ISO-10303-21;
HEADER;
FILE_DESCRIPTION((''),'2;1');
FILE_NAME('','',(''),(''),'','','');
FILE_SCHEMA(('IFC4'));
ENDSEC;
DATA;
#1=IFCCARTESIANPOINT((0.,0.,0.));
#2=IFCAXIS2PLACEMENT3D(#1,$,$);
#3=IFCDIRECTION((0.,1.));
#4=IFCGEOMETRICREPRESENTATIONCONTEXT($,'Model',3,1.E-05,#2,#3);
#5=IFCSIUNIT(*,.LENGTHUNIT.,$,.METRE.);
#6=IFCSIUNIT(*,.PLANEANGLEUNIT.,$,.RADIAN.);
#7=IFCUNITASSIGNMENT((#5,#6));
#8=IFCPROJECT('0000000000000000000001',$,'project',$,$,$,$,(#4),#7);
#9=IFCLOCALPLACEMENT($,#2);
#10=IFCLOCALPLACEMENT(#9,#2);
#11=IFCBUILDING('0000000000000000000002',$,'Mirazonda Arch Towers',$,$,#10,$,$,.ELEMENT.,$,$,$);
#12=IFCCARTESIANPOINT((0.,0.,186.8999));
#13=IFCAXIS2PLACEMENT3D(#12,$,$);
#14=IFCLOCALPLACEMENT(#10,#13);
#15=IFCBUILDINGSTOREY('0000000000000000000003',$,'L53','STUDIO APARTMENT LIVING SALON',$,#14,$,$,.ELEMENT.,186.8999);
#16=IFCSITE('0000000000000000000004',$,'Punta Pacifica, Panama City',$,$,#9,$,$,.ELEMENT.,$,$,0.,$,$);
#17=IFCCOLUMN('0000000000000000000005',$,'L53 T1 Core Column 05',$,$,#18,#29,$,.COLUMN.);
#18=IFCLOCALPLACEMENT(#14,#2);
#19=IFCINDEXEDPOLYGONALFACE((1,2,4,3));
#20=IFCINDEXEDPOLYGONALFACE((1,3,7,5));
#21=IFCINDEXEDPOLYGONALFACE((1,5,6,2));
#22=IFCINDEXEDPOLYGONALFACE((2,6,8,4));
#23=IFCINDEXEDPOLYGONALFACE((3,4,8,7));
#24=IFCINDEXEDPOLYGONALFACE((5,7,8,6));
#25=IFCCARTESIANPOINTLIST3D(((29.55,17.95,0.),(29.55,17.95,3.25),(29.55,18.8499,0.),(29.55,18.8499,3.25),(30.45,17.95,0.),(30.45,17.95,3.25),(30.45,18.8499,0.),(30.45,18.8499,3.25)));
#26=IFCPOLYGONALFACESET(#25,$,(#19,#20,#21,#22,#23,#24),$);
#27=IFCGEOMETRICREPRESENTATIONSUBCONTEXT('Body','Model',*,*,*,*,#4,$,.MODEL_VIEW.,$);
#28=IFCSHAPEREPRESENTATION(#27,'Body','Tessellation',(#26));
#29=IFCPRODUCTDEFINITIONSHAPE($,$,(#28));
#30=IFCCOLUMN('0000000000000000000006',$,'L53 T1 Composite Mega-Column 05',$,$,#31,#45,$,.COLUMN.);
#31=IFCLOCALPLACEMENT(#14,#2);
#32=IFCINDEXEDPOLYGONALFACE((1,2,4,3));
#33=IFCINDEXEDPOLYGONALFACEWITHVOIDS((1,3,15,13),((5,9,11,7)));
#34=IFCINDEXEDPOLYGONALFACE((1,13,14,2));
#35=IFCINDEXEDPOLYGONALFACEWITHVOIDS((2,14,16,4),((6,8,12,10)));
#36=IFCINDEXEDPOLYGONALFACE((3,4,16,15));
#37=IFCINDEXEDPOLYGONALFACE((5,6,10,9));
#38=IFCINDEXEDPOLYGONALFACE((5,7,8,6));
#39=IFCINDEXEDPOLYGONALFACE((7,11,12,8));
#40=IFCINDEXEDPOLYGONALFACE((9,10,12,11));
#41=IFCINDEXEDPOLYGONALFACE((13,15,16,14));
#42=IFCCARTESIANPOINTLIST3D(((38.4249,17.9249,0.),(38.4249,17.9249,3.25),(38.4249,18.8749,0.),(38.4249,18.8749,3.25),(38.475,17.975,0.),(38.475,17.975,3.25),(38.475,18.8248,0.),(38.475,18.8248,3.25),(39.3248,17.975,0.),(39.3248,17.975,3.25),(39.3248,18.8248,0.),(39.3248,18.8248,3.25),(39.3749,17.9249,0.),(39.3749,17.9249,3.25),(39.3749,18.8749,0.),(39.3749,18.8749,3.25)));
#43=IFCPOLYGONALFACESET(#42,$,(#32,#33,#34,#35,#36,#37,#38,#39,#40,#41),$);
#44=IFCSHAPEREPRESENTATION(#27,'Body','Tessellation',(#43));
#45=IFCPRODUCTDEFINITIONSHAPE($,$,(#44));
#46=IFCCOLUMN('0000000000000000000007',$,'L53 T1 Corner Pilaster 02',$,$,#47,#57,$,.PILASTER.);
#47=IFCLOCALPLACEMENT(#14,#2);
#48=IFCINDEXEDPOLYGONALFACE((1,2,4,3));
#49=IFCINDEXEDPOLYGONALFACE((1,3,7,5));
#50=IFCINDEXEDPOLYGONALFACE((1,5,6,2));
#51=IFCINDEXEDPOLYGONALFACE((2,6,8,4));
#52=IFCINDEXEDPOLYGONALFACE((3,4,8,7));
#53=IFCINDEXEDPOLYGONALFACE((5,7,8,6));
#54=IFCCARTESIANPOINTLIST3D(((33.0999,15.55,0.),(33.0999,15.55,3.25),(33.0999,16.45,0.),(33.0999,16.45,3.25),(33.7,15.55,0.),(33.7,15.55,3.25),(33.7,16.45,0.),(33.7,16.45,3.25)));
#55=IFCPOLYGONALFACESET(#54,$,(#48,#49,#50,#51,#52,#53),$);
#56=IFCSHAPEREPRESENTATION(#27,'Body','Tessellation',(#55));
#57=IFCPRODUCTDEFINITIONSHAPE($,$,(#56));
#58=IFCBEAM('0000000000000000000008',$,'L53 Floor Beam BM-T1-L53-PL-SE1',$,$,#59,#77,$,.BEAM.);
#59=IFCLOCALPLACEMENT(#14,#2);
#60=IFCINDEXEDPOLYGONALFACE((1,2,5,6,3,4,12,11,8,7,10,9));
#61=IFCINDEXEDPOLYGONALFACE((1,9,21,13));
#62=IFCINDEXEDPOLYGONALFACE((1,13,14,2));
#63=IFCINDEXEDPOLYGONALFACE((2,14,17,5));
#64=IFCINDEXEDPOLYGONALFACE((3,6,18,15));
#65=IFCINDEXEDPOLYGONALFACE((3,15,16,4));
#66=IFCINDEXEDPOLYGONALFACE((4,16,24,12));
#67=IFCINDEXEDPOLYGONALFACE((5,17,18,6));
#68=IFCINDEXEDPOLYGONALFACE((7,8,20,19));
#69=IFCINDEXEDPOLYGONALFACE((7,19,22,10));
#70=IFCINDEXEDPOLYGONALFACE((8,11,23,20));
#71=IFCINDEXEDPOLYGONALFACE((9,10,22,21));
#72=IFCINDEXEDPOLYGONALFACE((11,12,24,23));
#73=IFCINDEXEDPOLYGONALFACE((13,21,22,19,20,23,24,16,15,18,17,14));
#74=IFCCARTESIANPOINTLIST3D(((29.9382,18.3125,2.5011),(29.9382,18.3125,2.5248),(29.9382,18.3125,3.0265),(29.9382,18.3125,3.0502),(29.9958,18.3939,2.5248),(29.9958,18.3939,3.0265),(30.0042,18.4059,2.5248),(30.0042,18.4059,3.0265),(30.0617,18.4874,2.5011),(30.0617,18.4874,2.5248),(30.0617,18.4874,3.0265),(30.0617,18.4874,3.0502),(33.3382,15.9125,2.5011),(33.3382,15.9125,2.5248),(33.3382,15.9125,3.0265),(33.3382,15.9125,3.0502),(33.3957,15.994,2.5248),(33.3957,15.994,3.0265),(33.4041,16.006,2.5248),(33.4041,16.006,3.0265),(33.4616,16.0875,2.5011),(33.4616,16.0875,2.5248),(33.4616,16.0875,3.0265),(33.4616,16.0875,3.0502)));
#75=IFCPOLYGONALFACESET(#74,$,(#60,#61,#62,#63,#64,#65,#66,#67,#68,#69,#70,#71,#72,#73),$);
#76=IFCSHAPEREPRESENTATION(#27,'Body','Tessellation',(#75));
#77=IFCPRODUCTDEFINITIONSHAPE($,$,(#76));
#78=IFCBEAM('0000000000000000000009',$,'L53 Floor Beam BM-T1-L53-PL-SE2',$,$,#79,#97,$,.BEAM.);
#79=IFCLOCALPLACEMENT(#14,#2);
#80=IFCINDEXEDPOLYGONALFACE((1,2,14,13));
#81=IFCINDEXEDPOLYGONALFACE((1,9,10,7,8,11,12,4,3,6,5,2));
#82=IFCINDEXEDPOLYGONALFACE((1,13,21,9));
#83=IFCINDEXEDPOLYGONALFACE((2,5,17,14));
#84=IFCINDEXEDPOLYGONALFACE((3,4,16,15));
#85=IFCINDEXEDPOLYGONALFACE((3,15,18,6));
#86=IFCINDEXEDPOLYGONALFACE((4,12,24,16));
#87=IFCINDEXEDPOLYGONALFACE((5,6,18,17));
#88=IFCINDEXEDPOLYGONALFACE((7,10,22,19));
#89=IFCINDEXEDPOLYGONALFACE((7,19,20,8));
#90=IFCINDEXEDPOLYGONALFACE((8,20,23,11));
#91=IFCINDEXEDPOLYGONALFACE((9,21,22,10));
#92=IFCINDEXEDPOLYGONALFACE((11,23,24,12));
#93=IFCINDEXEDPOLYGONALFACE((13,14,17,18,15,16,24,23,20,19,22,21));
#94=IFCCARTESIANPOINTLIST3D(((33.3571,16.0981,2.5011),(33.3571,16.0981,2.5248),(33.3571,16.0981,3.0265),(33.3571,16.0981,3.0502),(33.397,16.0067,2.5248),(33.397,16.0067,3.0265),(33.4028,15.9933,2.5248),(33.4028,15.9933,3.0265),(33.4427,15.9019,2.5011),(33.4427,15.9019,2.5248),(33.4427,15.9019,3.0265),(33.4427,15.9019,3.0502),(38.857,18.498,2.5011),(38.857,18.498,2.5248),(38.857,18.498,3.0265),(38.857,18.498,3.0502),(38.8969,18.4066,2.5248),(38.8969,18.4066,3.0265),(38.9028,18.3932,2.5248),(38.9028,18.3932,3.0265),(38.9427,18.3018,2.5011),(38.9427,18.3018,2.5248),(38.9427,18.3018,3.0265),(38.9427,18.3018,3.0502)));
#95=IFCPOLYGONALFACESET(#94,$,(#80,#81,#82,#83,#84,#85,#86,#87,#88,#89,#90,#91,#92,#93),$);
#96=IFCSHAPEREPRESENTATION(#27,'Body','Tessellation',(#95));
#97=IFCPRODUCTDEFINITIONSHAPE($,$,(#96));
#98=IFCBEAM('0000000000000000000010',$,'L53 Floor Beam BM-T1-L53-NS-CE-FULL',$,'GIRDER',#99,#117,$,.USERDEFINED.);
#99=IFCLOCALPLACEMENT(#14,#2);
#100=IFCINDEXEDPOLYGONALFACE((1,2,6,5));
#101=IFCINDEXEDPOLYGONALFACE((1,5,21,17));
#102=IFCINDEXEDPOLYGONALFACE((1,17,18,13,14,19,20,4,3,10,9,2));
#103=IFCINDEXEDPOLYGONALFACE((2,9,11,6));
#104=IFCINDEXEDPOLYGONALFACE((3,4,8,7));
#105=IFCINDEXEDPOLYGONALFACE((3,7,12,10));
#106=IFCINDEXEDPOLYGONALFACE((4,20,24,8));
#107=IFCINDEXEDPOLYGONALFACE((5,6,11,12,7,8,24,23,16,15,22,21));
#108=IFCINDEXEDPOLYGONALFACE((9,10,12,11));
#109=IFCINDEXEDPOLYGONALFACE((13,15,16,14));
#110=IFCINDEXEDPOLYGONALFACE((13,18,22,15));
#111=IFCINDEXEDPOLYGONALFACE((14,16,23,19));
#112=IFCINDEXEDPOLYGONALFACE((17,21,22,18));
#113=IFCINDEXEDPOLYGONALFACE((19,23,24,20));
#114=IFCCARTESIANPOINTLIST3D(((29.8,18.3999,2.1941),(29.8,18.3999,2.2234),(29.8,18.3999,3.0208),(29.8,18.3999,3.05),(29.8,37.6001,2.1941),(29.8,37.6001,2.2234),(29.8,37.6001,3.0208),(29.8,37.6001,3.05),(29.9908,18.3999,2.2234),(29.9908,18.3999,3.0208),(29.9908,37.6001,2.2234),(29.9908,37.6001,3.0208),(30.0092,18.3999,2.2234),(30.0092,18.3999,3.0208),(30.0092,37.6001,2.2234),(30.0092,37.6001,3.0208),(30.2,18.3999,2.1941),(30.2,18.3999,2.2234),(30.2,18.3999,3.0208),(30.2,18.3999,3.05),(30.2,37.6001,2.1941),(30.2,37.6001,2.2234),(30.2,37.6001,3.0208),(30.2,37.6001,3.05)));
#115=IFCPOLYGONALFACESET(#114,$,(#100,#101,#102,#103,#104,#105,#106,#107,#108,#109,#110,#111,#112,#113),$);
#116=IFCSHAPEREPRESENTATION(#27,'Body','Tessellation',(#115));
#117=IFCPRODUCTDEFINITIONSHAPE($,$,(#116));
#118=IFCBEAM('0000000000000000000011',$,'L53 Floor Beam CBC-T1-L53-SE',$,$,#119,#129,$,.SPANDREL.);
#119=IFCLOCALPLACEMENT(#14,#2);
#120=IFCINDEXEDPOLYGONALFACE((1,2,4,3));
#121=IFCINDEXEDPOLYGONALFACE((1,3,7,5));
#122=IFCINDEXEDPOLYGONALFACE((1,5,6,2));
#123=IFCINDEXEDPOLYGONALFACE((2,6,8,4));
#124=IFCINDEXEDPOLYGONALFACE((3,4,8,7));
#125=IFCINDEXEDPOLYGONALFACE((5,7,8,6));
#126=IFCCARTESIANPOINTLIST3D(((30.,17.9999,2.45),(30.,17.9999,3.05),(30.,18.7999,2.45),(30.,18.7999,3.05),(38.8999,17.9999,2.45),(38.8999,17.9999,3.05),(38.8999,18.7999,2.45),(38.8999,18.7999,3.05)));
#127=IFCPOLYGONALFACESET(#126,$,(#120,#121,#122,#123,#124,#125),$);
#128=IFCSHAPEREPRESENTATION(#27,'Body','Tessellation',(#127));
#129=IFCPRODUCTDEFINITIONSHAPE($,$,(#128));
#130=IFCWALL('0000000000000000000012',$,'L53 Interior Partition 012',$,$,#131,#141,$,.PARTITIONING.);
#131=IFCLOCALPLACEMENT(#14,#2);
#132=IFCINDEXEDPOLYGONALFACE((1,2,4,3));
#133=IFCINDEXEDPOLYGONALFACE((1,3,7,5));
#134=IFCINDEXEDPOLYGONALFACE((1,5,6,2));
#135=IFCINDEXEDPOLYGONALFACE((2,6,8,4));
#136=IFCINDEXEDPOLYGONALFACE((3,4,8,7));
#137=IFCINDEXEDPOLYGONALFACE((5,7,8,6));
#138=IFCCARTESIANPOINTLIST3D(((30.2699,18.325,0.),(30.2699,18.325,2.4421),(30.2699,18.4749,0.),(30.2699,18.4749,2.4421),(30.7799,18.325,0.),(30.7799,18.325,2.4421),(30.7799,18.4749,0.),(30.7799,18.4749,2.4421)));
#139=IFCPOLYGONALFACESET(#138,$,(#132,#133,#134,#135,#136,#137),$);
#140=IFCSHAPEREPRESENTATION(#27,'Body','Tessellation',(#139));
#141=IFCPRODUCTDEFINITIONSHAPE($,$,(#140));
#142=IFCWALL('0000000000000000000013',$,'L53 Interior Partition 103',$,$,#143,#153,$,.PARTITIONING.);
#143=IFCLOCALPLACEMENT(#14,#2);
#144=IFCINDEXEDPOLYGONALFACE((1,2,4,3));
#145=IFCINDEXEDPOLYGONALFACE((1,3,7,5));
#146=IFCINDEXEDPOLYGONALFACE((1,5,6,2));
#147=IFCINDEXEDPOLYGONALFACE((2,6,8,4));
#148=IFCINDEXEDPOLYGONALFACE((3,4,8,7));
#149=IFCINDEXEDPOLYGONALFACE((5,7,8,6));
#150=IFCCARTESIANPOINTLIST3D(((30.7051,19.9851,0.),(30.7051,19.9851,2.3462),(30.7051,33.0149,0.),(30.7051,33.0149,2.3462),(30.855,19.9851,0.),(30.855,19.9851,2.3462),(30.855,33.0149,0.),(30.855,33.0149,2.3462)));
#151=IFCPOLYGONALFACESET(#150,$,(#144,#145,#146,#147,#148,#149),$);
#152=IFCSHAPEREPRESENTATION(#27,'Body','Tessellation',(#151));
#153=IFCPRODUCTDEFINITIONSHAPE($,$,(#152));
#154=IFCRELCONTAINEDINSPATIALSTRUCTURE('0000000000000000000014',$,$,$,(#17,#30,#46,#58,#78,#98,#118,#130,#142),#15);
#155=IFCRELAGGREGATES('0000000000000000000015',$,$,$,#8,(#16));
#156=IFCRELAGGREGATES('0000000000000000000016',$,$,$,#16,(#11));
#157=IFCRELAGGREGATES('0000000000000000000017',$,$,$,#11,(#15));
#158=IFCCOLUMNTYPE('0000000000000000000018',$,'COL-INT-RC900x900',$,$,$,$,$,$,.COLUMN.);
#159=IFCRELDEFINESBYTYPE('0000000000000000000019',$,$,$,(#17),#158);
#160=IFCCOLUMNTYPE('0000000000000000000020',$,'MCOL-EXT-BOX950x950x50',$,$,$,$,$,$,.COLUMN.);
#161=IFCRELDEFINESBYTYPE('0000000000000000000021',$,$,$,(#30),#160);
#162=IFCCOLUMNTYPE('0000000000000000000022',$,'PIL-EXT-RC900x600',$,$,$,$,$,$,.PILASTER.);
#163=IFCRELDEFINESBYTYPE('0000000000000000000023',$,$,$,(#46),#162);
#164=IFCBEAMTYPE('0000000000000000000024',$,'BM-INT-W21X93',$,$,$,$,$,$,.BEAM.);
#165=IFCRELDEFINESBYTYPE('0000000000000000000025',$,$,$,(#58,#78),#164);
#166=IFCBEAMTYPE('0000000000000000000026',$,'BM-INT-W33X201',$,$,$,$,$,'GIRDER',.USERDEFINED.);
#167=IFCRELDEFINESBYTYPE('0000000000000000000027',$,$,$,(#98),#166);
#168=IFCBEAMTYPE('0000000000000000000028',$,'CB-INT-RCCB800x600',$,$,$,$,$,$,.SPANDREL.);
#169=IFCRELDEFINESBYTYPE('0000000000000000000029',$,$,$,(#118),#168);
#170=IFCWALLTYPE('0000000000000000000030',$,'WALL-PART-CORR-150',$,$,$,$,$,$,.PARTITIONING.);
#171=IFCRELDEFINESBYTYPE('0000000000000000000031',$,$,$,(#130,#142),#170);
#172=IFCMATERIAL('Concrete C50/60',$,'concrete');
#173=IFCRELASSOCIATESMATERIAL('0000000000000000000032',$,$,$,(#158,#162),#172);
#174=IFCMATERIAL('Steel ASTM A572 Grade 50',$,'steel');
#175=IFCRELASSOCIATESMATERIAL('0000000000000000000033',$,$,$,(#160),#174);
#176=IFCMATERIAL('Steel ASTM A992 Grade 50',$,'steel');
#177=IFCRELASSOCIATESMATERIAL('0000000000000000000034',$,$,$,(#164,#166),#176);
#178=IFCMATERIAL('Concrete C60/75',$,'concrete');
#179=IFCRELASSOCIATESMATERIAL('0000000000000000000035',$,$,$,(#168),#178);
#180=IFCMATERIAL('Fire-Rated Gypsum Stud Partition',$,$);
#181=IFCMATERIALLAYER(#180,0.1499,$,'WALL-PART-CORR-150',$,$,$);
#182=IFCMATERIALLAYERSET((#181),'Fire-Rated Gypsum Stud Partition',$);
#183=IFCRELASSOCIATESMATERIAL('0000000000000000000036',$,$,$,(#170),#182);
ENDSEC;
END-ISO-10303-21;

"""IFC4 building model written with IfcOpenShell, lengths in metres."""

from ifc_helpers import new_model, si_unit, direction, frame, frame_2d, origin, origin_2d, place, context, subcontext, project, spatial, rectangle, hollow_rectangle, i_section, extrude, material, layer, layer_set, material_profile, profile_set, type_object, element, save


model = new_model("IFC4")

# Units and contexts
model_context = context("Model", 3, precision=1e-05, world=origin(), true_north=direction((0.0, 1.0)))
body_context = subcontext(model_context, "Body", "Model", "MODEL_VIEW")
ifc_project = project(units=[si_unit("LENGTHUNIT", "METRE"), si_unit("PLANEANGLEUNIT", "RADIAN")], contexts=[model_context])

# Site, building, storey
site_placement = place(None, origin())
site = spatial("IfcSite", under=ifc_project, at=site_placement, Name="Punta Pacifica, Panama City", CompositionType="ELEMENT", RefElevation=0.0)
building_placement = place(site_placement, origin())
building = spatial("IfcBuilding", under=site, at=building_placement, Name="Mirazonda Arch Towers", CompositionType="ELEMENT")
storey_placement = place(building_placement, frame((0.0, 0.0, 186.8999)))
storey = spatial("IfcBuildingStorey", under=building, at=storey_placement, Name="L53", Description="STUDIO APARTMENT LIVING SALON", CompositionType="ELEMENT", Elevation=186.8999)

# Columns
ifc_material_1 = material(Name="Concrete C50/60", Category="concrete")
ifc_material_profile_1 = material_profile(ifc_material_1, rectangle(XDim=0.8999, YDim=0.8999, at=origin_2d()), Name="RC900x900")
ifc_profile_set_1 = profile_set([ifc_material_profile_1], Name="Concrete C50/60")
column_type_1 = type_object("IfcColumnType", Name="COL-INT-RC900x900", PredefinedType="COLUMN", material=ifc_profile_set_1)
column_1_placement = place(storey_placement, frame((30.0, 18.3999, 0.0), z_axis=(0.0, 0.0, 1.0), x_axis=(1.0, 0.0, 0.0)))
element("IfcColumn", 1, at=column_1_placement, inside=storey, type_object=column_type_1, Name="L53 T1 Core Column 05", PredefinedType="COLUMN", context=body_context, shape_type="SweptSolid", body=[
    extrude(rectangle(XDim=0.8999, YDim=0.8999, at=origin_2d()), origin(), (0.0, 0.0, 1.0), 3.25),
])
ifc_material_2 = material(Name="Steel ASTM A572 Grade 50", Category="steel")
ifc_material_profile_2 = material_profile(ifc_material_2, hollow_rectangle(XDim=0.95, YDim=0.95, WallThickness=0.05, at=origin_2d()), Name="BOX950x950x50")
ifc_profile_set_2 = profile_set([ifc_material_profile_2], Name="Steel ASTM A572 Grade 50")
column_type_2 = type_object("IfcColumnType", Name="MCOL-EXT-BOX950x950x50", PredefinedType="COLUMN", material=ifc_profile_set_2)
column_2_placement = place(storey_placement, frame((38.8999, 18.3999, 0.0), z_axis=(0.0, 0.0, 1.0), x_axis=(1.0, 0.0, 0.0)))
element("IfcColumn", 2, at=column_2_placement, inside=storey, type_object=column_type_2, Name="L53 T1 Composite Mega-Column 05", PredefinedType="COLUMN", context=body_context, shape_type="SweptSolid", body=[
    extrude(hollow_rectangle(XDim=0.95, YDim=0.95, WallThickness=0.05, at=origin_2d()), origin(), (0.0, 0.0, 1.0), 3.25),
])
ifc_material_profile_3 = material_profile(ifc_material_1, rectangle(XDim=0.6001, YDim=0.8999, at=origin_2d()), Name="RC900x600")
ifc_profile_set_3 = profile_set([ifc_material_profile_3], Name="Concrete C50/60")
column_type_3 = type_object("IfcColumnType", Name="PIL-EXT-RC900x600", PredefinedType="PILASTER", material=ifc_profile_set_3)
column_3_placement = place(storey_placement, frame((33.3999, 16.0, 0.0), z_axis=(0.0, 0.0, 1.0), x_axis=(1.0, 0.0, 0.0)))
element("IfcColumn", 3, at=column_3_placement, inside=storey, type_object=column_type_3, Name="L53 T1 Corner Pilaster 02", PredefinedType="PILASTER", context=body_context, shape_type="SweptSolid", body=[
    extrude(rectangle(XDim=0.6001, YDim=0.8999, at=origin_2d()), origin(), (0.0, 0.0, 1.0), 3.25),
])

# Beams
ifc_material_3 = material(Name="Steel ASTM A992 Grade 50", Category="steel")
ifc_material_profile_4 = material_profile(ifc_material_3, i_section(OverallWidth=0.2141, OverallDepth=0.5491, WebThickness=0.0146, FlangeThickness=0.0237, at=origin_2d()), Name="W21X93")
ifc_profile_set_4 = profile_set([ifc_material_profile_4], Name="Steel ASTM A992 Grade 50")
beam_type_1 = type_object("IfcBeamType", Name="BM-INT-W21X93", PredefinedType="BEAM", material=ifc_profile_set_4)
beam_1_placement = place(storey_placement, frame((33.3999, 16.0, 2.7756), z_axis=(-0.816971, 0.576679, 0.0), x_axis=(-0.576679, -0.816971, 0.0)))
element("IfcBeam", 4, at=beam_1_placement, inside=storey, type_object=beam_type_1, Name="L53 Floor Beam BM-T1-L53-PL-SE1", PredefinedType="BEAM", context=body_context, shape_type="SweptSolid", body=[
    extrude(i_section(OverallWidth=0.2141, OverallDepth=0.5491, WebThickness=0.0146, FlangeThickness=0.0237, at=origin_2d()), origin(), (0.0, 0.0, 1.0), 4.1616),
])
beam_2_placement = place(storey_placement, frame((33.3999, 16.0, 2.7756), z_axis=(0.916545, 0.399931, 0.0), x_axis=(-0.399931, 0.916545, 0.0)))
element("IfcBeam", 5, at=beam_2_placement, inside=storey, type_object=beam_type_1, Name="L53 Floor Beam BM-T1-L53-PL-SE2", PredefinedType="BEAM", context=body_context, shape_type="SweptSolid", body=[
    extrude(i_section(OverallWidth=0.2141, OverallDepth=0.5491, WebThickness=0.0146, FlangeThickness=0.0237, at=origin_2d()), origin(), (0.0, 0.0, 1.0), 6.0007),
])
ifc_material_profile_5 = material_profile(ifc_material_3, i_section(OverallWidth=0.3999, OverallDepth=0.856, WebThickness=0.0183, FlangeThickness=0.0293, at=origin_2d()), Name="W33X201")
ifc_profile_set_5 = profile_set([ifc_material_profile_5], Name="Steel ASTM A992 Grade 50")
beam_type_2 = type_object("IfcBeamType", Name="BM-INT-W33X201", ElementType="GIRDER", PredefinedType="USERDEFINED", material=ifc_profile_set_5)
beam_3_placement = place(storey_placement, frame((30.0, 18.3999, 2.6221), z_axis=(0.0, 1.0, 0.0), x_axis=(-1.0, 0.0, 0.0)))
element("IfcBeam", 6, at=beam_3_placement, inside=storey, type_object=beam_type_2, Name="L53 Floor Beam BM-T1-L53-NS-CE-FULL", ObjectType="GIRDER", PredefinedType="USERDEFINED", context=body_context, shape_type="SweptSolid", body=[
    extrude(i_section(OverallWidth=0.3999, OverallDepth=0.856, WebThickness=0.0183, FlangeThickness=0.0293, at=origin_2d()), origin(), (0.0, 0.0, 1.0), 19.2002),
])
ifc_material_4 = material(Name="Concrete C60/75", Category="concrete")
ifc_material_profile_6 = material_profile(ifc_material_4, rectangle(XDim=0.8, YDim=0.6001, at=origin_2d()), Name="RCCB800x600")
ifc_profile_set_6 = profile_set([ifc_material_profile_6], Name="Concrete C60/75")
beam_type_3 = type_object("IfcBeamType", Name="CB-INT-RCCB800x600", PredefinedType="SPANDREL", material=ifc_profile_set_6)
beam_4_placement = place(storey_placement, frame((30.0, 18.3999, 2.75), z_axis=(1.0, 0.0, 0.0), x_axis=(0.0, 1.0, 0.0)))
element("IfcBeam", 7, at=beam_4_placement, inside=storey, type_object=beam_type_3, Name="L53 Floor Beam CBC-T1-L53-SE", PredefinedType="SPANDREL", context=body_context, shape_type="SweptSolid", body=[
    extrude(rectangle(XDim=0.8, YDim=0.6001, at=origin_2d()), origin(), (0.0, 0.0, 1.0), 8.8999),
])

# Walls
ifc_material_5 = material(Name="Fire-Rated Gypsum Stud Partition")
ifc_layer_1 = layer(ifc_material_5, 0.1499, Name="WALL-PART-CORR-150")
ifc_layer_set_1 = layer_set([ifc_layer_1], Name="Fire-Rated Gypsum Stud Partition")
wall_type_1 = type_object("IfcWallType", Name="WALL-PART-CORR-150", PredefinedType="PARTITIONING", material=ifc_layer_set_1)
wall_1_placement = place(storey_placement, frame((30.27, 18.3999, 0.0), z_axis=(0.0, 0.0, 1.0), x_axis=(1.0, 0.0, 0.0)))
element("IfcWall", 8, at=wall_1_placement, inside=storey, type_object=wall_type_1, Name="L53 Interior Partition 012", PredefinedType="PARTITIONING", context=body_context, shape_type="SweptSolid", body=[
    extrude(rectangle(XDim=0.51, YDim=0.1499, at=frame_2d((0.2549, 0.0))), origin(), (0.0, 0.0, 1.0), 2.4421),
])
wall_2_placement = place(storey_placement, frame((30.78, 19.9851, 0.0), z_axis=(0.0, 0.0, 1.0), x_axis=(0.0, 1.0, 0.0)))
element("IfcWall", 9, at=wall_2_placement, inside=storey, type_object=wall_type_1, Name="L53 Interior Partition 103", PredefinedType="PARTITIONING", context=body_context, shape_type="SweptSolid", body=[
    extrude(rectangle(XDim=13.0298, YDim=0.1499, at=frame_2d((6.5149, 0.0))), origin(), (0.0, 0.0, 1.0), 2.3462),
])

save(model, "model.ifc")
